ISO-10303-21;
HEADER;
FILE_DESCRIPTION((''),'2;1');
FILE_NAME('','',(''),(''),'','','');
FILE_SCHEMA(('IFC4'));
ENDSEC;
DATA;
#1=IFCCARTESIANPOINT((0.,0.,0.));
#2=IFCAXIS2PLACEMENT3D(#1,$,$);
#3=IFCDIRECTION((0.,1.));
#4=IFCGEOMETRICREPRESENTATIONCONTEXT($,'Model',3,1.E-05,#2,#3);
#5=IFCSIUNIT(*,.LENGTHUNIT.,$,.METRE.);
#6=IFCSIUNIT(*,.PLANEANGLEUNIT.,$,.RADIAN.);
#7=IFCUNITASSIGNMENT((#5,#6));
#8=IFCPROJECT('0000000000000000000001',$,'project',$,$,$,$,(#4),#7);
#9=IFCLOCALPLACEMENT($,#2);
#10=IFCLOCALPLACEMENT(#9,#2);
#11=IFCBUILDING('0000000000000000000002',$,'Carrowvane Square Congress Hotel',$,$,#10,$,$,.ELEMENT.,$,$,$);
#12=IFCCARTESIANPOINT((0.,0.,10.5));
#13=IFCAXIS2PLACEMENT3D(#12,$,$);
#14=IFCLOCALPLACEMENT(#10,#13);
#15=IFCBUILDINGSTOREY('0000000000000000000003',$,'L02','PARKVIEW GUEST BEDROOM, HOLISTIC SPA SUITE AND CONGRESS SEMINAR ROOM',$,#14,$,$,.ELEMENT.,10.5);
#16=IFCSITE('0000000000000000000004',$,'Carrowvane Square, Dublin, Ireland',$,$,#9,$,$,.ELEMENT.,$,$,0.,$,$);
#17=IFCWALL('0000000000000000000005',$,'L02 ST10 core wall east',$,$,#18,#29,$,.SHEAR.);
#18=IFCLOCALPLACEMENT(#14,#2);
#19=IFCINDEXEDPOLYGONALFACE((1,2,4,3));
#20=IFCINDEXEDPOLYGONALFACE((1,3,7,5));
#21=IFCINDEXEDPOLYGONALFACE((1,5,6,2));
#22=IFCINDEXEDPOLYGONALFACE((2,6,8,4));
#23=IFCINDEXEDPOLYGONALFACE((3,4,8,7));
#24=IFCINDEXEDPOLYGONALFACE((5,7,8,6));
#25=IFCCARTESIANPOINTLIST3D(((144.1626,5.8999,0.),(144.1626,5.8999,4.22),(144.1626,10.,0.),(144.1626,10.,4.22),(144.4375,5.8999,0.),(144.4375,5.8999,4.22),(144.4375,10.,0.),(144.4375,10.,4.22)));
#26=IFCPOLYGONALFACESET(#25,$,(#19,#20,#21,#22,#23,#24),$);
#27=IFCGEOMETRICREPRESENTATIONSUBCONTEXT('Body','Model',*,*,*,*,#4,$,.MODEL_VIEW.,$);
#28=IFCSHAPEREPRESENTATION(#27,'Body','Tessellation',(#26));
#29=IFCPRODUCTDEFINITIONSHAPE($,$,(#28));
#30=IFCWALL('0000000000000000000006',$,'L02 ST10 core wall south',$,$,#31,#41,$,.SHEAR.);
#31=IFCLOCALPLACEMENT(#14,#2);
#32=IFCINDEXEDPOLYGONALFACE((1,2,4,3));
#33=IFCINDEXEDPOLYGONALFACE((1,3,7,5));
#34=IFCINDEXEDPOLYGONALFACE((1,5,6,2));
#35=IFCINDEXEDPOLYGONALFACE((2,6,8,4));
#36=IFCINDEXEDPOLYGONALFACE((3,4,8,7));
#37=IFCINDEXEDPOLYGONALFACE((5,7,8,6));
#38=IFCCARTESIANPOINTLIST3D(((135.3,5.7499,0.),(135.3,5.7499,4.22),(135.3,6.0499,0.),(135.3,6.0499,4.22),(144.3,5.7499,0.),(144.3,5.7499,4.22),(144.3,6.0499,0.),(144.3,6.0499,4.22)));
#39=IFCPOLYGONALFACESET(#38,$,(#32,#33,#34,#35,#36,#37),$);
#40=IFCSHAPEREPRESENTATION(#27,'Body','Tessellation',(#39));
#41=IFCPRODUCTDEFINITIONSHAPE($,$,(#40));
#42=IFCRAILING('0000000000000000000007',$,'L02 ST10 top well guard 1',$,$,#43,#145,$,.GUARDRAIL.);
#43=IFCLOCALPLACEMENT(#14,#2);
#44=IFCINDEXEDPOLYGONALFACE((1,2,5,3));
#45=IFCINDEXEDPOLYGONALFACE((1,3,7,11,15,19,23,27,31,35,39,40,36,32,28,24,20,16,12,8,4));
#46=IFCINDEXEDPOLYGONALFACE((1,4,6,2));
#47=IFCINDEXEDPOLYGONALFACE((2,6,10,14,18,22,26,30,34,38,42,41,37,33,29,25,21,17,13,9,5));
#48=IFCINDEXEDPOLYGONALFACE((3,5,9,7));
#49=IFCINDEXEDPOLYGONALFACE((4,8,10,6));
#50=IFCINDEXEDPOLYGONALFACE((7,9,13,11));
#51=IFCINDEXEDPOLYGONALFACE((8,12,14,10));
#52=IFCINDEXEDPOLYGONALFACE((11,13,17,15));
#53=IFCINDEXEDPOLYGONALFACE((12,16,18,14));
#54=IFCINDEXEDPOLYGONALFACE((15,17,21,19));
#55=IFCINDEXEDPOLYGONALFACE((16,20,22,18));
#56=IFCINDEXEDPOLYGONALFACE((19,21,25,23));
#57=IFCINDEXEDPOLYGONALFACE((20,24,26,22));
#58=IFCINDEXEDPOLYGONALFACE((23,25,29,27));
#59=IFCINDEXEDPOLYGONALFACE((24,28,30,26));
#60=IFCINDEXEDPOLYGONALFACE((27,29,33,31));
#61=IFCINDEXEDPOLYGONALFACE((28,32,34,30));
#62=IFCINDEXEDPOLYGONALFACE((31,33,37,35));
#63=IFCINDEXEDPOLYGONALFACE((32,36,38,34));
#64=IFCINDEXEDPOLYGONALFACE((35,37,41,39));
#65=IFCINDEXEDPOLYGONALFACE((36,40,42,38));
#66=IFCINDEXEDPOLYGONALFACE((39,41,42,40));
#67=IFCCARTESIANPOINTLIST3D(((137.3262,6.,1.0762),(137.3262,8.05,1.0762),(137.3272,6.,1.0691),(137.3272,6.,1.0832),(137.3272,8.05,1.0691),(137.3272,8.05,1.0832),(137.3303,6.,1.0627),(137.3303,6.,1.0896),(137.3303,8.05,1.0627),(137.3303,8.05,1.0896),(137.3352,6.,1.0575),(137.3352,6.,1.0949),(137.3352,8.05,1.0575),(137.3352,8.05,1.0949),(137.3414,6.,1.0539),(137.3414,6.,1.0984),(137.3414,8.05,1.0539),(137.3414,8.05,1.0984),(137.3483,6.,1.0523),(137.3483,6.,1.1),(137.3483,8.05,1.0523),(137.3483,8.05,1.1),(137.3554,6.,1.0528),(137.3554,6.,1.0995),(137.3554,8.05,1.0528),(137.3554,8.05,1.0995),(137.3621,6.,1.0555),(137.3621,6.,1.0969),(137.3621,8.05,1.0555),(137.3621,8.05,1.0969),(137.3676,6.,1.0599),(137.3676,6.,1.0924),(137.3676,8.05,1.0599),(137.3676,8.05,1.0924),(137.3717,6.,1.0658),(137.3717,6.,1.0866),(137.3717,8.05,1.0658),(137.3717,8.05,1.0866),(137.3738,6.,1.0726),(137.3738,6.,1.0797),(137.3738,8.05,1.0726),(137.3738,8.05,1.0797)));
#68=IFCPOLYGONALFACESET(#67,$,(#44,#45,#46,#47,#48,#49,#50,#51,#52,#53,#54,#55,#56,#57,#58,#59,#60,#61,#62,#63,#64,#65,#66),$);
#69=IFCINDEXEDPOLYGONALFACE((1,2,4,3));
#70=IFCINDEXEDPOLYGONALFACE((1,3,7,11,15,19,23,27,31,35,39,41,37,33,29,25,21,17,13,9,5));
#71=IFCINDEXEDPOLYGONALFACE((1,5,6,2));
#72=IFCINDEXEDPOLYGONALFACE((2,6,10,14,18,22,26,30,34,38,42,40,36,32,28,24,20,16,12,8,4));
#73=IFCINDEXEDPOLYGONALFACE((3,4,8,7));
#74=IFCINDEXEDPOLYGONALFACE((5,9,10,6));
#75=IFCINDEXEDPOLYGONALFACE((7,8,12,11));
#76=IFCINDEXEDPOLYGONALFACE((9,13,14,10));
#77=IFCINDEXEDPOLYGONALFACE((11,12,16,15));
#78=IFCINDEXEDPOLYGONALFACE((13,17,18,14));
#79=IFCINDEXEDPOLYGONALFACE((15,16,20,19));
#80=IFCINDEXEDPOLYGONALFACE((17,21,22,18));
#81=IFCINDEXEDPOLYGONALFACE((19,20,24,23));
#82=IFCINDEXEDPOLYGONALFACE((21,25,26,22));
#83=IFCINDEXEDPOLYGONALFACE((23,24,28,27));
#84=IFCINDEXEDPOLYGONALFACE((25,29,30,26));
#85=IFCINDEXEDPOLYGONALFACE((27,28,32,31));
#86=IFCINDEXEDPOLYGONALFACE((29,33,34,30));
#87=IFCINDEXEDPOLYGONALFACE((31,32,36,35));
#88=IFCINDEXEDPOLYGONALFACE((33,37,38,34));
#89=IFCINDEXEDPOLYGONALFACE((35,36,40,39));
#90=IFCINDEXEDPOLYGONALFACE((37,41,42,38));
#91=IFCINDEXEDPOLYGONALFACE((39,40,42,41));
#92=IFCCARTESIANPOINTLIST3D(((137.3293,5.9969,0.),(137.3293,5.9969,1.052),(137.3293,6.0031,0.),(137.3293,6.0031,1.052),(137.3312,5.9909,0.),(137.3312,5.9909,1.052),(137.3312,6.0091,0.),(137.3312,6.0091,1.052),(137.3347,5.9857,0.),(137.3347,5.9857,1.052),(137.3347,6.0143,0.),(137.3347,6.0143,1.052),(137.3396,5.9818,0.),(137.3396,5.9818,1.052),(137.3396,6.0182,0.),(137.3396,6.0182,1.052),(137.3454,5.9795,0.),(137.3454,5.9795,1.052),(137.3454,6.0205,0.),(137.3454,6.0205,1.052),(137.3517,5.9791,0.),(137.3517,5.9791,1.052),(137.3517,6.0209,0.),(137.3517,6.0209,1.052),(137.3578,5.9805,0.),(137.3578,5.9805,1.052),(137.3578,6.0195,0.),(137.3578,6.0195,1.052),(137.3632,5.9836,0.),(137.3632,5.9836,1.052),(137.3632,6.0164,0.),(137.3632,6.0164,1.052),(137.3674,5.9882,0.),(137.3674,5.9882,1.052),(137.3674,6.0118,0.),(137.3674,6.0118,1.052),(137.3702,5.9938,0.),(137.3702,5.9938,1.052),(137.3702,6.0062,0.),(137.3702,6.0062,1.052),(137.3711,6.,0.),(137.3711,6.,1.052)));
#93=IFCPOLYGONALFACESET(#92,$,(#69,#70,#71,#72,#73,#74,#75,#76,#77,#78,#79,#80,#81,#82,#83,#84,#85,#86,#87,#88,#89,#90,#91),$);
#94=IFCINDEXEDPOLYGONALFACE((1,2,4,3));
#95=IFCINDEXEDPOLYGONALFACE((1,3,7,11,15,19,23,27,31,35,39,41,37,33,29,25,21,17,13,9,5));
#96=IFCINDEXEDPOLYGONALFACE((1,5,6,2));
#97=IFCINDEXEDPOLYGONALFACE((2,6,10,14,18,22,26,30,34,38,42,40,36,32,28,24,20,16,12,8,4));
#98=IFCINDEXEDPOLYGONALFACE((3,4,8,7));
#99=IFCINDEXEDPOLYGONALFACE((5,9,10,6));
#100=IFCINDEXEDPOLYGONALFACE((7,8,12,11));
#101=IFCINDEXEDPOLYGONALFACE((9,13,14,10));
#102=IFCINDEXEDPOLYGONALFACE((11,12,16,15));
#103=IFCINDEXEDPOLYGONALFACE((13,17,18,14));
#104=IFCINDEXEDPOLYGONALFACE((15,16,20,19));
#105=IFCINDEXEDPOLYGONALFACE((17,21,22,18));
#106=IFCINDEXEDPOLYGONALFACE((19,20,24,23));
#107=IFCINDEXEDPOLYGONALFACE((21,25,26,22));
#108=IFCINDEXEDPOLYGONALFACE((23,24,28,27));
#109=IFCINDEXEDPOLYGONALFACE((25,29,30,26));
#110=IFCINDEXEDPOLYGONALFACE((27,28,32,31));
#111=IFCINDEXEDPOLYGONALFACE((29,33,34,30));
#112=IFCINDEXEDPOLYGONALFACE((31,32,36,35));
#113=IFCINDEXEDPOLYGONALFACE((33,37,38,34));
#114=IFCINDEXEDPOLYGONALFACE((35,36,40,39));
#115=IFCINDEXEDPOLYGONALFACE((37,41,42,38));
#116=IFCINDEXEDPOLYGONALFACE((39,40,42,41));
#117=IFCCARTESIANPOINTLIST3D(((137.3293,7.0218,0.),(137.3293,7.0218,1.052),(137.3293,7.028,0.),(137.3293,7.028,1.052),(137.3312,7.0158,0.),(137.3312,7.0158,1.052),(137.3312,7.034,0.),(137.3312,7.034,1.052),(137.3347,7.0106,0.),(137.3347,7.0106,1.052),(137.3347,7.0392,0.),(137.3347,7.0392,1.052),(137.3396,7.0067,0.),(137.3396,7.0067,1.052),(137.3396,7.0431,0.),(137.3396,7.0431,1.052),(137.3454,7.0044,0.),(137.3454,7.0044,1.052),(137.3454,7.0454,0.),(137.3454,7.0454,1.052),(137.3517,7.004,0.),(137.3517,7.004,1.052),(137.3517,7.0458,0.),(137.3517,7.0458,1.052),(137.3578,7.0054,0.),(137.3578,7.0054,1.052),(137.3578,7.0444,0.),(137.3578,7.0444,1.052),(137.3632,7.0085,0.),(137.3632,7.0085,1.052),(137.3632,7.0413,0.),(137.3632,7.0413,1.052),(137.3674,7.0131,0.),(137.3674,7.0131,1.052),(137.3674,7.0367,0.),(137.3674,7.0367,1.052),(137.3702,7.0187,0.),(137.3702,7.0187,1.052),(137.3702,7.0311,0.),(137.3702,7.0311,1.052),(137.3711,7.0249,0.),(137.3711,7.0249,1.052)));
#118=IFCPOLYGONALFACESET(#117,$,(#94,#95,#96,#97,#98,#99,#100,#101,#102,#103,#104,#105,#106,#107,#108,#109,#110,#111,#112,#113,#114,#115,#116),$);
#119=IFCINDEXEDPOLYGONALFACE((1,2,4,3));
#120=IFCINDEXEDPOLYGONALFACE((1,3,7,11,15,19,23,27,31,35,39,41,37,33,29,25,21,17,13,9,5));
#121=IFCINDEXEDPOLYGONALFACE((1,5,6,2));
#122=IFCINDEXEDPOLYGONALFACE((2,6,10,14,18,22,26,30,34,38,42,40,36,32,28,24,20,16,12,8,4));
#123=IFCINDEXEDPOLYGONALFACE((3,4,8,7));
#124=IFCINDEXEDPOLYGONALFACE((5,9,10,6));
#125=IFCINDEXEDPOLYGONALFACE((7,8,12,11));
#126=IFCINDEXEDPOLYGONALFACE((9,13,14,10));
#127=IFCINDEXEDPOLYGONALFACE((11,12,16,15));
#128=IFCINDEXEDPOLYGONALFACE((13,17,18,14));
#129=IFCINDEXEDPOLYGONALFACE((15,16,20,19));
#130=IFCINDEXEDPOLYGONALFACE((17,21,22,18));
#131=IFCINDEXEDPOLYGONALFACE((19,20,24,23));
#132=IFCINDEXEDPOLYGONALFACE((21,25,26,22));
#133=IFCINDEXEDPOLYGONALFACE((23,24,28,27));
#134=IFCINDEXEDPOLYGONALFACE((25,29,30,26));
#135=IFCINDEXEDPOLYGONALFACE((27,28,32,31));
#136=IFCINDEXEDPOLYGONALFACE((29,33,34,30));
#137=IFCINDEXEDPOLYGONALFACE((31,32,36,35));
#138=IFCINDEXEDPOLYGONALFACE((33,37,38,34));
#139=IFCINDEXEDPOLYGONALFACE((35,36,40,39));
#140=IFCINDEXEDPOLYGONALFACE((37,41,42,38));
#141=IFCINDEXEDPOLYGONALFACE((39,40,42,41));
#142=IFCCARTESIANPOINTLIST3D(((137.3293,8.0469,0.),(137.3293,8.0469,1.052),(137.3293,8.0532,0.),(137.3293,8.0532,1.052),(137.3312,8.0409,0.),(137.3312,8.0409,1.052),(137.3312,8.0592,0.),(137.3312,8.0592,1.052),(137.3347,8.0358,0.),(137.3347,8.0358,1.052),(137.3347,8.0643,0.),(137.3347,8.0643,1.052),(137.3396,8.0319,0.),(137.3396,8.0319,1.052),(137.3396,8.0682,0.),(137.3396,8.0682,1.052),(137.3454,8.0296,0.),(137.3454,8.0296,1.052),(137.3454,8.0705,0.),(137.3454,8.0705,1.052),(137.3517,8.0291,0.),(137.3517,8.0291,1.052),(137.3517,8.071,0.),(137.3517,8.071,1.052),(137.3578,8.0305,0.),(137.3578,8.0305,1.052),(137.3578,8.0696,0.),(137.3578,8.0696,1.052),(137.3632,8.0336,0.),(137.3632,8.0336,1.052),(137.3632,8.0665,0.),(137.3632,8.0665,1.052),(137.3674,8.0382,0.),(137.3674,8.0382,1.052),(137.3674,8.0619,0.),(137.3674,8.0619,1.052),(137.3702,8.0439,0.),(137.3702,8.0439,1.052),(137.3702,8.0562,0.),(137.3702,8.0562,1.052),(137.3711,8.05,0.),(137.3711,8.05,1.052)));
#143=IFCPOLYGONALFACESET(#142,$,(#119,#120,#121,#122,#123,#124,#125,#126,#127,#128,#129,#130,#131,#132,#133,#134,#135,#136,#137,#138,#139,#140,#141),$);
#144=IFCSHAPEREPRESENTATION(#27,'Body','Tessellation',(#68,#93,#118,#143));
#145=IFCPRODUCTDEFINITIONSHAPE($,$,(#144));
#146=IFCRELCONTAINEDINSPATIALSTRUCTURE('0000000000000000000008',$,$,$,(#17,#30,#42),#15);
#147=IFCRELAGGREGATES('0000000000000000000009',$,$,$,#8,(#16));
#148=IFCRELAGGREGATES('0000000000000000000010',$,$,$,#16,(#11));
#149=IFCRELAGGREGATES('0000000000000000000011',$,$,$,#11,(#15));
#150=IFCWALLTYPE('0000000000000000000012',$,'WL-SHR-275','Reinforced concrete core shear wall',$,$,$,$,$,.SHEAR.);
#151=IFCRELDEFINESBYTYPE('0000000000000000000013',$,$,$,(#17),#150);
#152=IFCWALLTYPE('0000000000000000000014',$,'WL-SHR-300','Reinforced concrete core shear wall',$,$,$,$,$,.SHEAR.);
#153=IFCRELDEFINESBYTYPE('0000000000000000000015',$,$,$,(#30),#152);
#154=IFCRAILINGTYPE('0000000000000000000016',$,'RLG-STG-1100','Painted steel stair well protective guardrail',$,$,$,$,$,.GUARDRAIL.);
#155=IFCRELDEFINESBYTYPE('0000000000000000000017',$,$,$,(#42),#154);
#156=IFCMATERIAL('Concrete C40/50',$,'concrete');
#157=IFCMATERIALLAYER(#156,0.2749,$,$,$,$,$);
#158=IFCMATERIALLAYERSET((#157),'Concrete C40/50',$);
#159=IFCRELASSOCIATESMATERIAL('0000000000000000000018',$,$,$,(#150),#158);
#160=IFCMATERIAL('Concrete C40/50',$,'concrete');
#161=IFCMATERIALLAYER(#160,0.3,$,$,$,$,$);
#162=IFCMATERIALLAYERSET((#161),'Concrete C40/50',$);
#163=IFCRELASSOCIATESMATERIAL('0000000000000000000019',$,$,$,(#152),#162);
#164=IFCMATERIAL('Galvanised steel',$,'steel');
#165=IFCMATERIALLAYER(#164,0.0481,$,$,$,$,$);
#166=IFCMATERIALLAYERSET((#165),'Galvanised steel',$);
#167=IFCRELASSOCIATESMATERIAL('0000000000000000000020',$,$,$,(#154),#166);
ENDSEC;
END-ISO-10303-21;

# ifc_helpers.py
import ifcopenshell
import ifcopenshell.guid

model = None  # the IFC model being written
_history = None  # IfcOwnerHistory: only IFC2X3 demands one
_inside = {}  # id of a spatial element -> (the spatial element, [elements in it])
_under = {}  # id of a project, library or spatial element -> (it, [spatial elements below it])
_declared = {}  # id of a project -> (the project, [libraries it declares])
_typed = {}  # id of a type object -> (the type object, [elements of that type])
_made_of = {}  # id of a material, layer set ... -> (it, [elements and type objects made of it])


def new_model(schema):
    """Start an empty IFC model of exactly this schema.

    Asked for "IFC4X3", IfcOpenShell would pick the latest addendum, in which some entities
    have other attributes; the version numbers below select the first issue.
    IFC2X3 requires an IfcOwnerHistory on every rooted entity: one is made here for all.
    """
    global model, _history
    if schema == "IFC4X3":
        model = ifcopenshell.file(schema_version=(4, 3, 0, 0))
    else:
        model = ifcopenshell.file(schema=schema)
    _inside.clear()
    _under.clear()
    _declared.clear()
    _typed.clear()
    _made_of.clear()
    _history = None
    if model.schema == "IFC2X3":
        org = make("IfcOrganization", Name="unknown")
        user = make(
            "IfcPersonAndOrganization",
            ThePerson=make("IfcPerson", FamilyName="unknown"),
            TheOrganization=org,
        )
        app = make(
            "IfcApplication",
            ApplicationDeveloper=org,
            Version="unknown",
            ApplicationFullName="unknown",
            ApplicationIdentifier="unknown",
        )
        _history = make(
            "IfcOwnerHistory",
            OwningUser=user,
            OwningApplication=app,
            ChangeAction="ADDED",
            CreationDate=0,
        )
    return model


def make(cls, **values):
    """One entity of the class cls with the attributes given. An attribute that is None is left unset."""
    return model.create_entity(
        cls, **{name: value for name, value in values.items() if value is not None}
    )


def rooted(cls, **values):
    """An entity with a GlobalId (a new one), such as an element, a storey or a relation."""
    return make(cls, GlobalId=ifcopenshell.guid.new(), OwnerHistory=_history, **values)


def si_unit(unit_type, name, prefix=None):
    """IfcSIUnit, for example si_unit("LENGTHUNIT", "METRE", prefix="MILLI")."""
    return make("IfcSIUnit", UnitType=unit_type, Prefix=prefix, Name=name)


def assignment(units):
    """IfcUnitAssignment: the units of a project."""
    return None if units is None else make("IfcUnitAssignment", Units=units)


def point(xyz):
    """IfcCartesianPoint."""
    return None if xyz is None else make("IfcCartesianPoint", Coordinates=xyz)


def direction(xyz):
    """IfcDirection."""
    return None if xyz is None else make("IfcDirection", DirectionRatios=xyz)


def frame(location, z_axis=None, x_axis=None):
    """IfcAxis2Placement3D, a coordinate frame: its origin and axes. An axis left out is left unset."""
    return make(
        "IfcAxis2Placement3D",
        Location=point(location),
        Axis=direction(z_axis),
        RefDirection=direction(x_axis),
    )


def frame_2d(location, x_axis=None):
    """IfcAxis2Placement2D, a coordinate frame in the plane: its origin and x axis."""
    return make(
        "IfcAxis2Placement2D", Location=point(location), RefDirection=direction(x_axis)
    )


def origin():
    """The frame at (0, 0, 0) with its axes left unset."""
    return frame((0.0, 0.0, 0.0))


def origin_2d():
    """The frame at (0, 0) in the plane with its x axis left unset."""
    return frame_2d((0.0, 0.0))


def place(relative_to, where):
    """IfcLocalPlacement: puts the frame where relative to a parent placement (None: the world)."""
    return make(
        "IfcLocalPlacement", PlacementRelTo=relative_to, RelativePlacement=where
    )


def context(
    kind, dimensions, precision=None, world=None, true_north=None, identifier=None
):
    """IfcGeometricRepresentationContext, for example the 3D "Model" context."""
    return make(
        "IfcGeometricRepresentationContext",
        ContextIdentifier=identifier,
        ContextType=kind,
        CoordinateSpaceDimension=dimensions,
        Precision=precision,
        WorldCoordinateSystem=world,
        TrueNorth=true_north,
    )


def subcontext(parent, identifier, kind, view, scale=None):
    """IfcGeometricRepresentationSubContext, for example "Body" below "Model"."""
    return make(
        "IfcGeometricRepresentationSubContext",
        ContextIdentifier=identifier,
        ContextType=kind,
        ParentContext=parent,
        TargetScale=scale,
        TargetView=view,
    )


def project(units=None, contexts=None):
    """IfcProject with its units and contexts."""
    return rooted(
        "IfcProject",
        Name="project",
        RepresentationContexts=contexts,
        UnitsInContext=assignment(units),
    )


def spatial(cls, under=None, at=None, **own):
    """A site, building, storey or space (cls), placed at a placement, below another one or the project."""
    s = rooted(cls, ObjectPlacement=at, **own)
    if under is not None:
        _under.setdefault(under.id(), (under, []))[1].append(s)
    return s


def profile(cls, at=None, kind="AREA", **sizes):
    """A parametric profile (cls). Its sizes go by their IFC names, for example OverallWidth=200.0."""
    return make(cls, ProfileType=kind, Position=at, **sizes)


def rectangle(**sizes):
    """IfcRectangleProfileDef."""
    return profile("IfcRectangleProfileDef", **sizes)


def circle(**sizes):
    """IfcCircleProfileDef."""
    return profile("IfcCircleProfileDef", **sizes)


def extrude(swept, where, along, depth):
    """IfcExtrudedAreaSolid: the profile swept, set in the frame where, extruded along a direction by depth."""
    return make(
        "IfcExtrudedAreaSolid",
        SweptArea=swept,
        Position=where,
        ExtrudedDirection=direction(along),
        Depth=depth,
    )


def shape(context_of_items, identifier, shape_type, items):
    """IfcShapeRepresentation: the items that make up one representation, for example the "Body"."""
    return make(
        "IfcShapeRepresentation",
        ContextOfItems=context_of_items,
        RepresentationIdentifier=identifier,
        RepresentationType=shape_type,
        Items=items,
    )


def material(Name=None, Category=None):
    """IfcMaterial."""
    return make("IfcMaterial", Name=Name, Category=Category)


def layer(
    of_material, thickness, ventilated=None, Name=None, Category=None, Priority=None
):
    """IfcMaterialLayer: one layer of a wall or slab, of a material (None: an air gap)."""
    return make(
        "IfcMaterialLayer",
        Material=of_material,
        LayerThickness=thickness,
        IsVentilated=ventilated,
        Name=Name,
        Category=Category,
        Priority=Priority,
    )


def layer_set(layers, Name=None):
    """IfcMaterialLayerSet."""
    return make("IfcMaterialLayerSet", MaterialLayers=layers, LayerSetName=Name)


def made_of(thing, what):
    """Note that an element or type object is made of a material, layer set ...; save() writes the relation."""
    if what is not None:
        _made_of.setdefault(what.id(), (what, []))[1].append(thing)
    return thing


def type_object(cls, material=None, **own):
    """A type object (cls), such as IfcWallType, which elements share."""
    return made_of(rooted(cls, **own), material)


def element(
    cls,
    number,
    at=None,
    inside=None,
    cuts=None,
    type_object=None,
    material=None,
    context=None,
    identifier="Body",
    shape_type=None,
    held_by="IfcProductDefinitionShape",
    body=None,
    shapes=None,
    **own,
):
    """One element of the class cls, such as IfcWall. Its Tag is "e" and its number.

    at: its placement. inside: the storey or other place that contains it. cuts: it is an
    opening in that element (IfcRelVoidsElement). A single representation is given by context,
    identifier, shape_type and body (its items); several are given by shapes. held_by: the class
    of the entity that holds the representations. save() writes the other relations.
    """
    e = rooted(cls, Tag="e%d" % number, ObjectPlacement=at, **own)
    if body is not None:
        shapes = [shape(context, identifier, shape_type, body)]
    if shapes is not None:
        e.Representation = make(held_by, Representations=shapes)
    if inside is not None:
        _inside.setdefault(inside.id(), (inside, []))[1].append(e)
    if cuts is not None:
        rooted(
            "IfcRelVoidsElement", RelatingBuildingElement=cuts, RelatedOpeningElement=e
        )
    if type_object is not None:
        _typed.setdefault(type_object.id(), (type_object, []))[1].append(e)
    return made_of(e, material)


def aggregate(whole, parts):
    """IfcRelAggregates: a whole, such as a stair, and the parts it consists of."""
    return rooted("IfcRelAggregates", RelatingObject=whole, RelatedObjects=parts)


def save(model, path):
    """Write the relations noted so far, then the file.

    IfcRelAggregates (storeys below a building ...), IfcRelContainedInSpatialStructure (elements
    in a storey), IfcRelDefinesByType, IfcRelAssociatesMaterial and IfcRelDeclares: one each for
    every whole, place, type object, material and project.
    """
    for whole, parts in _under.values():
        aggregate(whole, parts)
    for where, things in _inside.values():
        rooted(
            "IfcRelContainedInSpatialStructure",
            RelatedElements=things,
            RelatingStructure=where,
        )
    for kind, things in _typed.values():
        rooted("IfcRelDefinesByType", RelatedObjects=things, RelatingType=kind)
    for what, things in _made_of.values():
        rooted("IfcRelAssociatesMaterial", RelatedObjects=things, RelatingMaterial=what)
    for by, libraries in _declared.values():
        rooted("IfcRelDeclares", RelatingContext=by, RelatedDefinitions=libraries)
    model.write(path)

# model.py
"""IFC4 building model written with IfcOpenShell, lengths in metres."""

from ifc_helpers import new_model, si_unit, direction, frame, frame_2d, origin, origin_2d, place, context, subcontext, project, spatial, rectangle, circle, extrude, material, layer, layer_set, type_object, element, save


model = new_model("IFC4")

# Units and contexts
model_context = context("Model", 3, precision=1e-05, world=origin(), true_north=direction((0.0, 1.0)))
body_context = subcontext(model_context, "Body", "Model", "MODEL_VIEW")
ifc_project = project(units=[si_unit("LENGTHUNIT", "METRE"), si_unit("PLANEANGLEUNIT", "RADIAN")], contexts=[model_context])

# Site, building, storey
site_placement = place(None, origin())
site = spatial("IfcSite", under=ifc_project, at=site_placement, Name="Carrowvane Square, Dublin, Ireland", CompositionType="ELEMENT", RefElevation=0.0)
building_placement = place(site_placement, origin())
building = spatial("IfcBuilding", under=site, at=building_placement, Name="Carrowvane Square Congress Hotel", CompositionType="ELEMENT")
storey_placement = place(building_placement, frame((0.0, 0.0, 10.5)))
storey = spatial("IfcBuildingStorey", under=building, at=storey_placement, Name="L02", Description="PARKVIEW GUEST BEDROOM, HOLISTIC SPA SUITE AND CONGRESS SEMINAR ROOM", CompositionType="ELEMENT", Elevation=10.5)

# Walls
ifc_material_1 = material(Name="Concrete C40/50", Category="concrete")
ifc_layer_1 = layer(ifc_material_1, 0.2749)
ifc_layer_set_1 = layer_set([ifc_layer_1], Name="Concrete C40/50")
wall_type_1 = type_object("IfcWallType", Name="WL-SHR-275", Description="Reinforced concrete core shear wall", PredefinedType="SHEAR", material=ifc_layer_set_1)
wall_1_placement = place(storey_placement, frame((144.3, 5.8999, 0.0), z_axis=(0.0, 0.0, 1.0), x_axis=(0.0, 1.0, 0.0)))
element("IfcWall", 1, at=wall_1_placement, inside=storey, type_object=wall_type_1, Name="L02 ST10 core wall east", PredefinedType="SHEAR", context=body_context, shape_type="SweptSolid", body=[
    extrude(rectangle(XDim=4.1001, YDim=0.2749, at=frame_2d((2.05, 0.0))), origin(), (0.0, 0.0, 1.0), 4.22),
])
ifc_material_2 = material(Name="Concrete C40/50", Category="concrete")
ifc_layer_2 = layer(ifc_material_2, 0.3)
ifc_layer_set_2 = layer_set([ifc_layer_2], Name="Concrete C40/50")
wall_type_2 = type_object("IfcWallType", Name="WL-SHR-300", Description="Reinforced concrete core shear wall", PredefinedType="SHEAR", material=ifc_layer_set_2)
wall_2_placement = place(storey_placement, frame((135.3, 5.8999, 0.0), z_axis=(0.0, 0.0, 1.0), x_axis=(1.0, 0.0, 0.0)))
element("IfcWall", 2, at=wall_2_placement, inside=storey, type_object=wall_type_2, Name="L02 ST10 core wall south", PredefinedType="SHEAR", context=body_context, shape_type="SweptSolid", body=[
    extrude(rectangle(XDim=9.0, YDim=0.3, at=frame_2d((4.5, 0.0))), origin(), (0.0, 0.0, 1.0), 4.22),
])

# Railing
ifc_material_3 = material(Name="Galvanised steel", Category="steel")
ifc_layer_3 = layer(ifc_material_3, 0.0481)
ifc_layer_set_3 = layer_set([ifc_layer_3], Name="Galvanised steel")
railing_type_1 = type_object("IfcRailingType", Name="RLG-STG-1100", Description="Painted steel stair well protective guardrail", PredefinedType="GUARDRAIL", material=ifc_layer_set_3)
railing_1_placement = place(storey_placement, frame((137.3501, 6.0, 0.0)))
element("IfcRailing", 3, at=railing_1_placement, inside=storey, type_object=railing_type_1, Name="L02 ST10 top well guard 1", PredefinedType="GUARDRAIL", context=body_context, shape_type="SweptSolid", body=[
    extrude(circle(Radius=0.0239, at=origin_2d()), frame((0.0, 0.0, 1.0762), z_axis=(0.0, 1.0, 0.0), x_axis=(-1.0, 0.0, 0.0)), (0.0, 0.0, 1.0), 2.05),
    extrude(circle(Radius=0.021, at=origin_2d()), origin(), (0.0, 0.0, 1.0), 1.052),
    extrude(circle(Radius=0.021, at=origin_2d()), frame((0.0, 1.0249, 0.0)), (0.0, 0.0, 1.0), 1.052),
    extrude(circle(Radius=0.021, at=origin_2d()), frame((0.0, 2.05, 0.0)), (0.0, 0.0, 1.0), 1.052),
])

save(model, "model.ifc")
